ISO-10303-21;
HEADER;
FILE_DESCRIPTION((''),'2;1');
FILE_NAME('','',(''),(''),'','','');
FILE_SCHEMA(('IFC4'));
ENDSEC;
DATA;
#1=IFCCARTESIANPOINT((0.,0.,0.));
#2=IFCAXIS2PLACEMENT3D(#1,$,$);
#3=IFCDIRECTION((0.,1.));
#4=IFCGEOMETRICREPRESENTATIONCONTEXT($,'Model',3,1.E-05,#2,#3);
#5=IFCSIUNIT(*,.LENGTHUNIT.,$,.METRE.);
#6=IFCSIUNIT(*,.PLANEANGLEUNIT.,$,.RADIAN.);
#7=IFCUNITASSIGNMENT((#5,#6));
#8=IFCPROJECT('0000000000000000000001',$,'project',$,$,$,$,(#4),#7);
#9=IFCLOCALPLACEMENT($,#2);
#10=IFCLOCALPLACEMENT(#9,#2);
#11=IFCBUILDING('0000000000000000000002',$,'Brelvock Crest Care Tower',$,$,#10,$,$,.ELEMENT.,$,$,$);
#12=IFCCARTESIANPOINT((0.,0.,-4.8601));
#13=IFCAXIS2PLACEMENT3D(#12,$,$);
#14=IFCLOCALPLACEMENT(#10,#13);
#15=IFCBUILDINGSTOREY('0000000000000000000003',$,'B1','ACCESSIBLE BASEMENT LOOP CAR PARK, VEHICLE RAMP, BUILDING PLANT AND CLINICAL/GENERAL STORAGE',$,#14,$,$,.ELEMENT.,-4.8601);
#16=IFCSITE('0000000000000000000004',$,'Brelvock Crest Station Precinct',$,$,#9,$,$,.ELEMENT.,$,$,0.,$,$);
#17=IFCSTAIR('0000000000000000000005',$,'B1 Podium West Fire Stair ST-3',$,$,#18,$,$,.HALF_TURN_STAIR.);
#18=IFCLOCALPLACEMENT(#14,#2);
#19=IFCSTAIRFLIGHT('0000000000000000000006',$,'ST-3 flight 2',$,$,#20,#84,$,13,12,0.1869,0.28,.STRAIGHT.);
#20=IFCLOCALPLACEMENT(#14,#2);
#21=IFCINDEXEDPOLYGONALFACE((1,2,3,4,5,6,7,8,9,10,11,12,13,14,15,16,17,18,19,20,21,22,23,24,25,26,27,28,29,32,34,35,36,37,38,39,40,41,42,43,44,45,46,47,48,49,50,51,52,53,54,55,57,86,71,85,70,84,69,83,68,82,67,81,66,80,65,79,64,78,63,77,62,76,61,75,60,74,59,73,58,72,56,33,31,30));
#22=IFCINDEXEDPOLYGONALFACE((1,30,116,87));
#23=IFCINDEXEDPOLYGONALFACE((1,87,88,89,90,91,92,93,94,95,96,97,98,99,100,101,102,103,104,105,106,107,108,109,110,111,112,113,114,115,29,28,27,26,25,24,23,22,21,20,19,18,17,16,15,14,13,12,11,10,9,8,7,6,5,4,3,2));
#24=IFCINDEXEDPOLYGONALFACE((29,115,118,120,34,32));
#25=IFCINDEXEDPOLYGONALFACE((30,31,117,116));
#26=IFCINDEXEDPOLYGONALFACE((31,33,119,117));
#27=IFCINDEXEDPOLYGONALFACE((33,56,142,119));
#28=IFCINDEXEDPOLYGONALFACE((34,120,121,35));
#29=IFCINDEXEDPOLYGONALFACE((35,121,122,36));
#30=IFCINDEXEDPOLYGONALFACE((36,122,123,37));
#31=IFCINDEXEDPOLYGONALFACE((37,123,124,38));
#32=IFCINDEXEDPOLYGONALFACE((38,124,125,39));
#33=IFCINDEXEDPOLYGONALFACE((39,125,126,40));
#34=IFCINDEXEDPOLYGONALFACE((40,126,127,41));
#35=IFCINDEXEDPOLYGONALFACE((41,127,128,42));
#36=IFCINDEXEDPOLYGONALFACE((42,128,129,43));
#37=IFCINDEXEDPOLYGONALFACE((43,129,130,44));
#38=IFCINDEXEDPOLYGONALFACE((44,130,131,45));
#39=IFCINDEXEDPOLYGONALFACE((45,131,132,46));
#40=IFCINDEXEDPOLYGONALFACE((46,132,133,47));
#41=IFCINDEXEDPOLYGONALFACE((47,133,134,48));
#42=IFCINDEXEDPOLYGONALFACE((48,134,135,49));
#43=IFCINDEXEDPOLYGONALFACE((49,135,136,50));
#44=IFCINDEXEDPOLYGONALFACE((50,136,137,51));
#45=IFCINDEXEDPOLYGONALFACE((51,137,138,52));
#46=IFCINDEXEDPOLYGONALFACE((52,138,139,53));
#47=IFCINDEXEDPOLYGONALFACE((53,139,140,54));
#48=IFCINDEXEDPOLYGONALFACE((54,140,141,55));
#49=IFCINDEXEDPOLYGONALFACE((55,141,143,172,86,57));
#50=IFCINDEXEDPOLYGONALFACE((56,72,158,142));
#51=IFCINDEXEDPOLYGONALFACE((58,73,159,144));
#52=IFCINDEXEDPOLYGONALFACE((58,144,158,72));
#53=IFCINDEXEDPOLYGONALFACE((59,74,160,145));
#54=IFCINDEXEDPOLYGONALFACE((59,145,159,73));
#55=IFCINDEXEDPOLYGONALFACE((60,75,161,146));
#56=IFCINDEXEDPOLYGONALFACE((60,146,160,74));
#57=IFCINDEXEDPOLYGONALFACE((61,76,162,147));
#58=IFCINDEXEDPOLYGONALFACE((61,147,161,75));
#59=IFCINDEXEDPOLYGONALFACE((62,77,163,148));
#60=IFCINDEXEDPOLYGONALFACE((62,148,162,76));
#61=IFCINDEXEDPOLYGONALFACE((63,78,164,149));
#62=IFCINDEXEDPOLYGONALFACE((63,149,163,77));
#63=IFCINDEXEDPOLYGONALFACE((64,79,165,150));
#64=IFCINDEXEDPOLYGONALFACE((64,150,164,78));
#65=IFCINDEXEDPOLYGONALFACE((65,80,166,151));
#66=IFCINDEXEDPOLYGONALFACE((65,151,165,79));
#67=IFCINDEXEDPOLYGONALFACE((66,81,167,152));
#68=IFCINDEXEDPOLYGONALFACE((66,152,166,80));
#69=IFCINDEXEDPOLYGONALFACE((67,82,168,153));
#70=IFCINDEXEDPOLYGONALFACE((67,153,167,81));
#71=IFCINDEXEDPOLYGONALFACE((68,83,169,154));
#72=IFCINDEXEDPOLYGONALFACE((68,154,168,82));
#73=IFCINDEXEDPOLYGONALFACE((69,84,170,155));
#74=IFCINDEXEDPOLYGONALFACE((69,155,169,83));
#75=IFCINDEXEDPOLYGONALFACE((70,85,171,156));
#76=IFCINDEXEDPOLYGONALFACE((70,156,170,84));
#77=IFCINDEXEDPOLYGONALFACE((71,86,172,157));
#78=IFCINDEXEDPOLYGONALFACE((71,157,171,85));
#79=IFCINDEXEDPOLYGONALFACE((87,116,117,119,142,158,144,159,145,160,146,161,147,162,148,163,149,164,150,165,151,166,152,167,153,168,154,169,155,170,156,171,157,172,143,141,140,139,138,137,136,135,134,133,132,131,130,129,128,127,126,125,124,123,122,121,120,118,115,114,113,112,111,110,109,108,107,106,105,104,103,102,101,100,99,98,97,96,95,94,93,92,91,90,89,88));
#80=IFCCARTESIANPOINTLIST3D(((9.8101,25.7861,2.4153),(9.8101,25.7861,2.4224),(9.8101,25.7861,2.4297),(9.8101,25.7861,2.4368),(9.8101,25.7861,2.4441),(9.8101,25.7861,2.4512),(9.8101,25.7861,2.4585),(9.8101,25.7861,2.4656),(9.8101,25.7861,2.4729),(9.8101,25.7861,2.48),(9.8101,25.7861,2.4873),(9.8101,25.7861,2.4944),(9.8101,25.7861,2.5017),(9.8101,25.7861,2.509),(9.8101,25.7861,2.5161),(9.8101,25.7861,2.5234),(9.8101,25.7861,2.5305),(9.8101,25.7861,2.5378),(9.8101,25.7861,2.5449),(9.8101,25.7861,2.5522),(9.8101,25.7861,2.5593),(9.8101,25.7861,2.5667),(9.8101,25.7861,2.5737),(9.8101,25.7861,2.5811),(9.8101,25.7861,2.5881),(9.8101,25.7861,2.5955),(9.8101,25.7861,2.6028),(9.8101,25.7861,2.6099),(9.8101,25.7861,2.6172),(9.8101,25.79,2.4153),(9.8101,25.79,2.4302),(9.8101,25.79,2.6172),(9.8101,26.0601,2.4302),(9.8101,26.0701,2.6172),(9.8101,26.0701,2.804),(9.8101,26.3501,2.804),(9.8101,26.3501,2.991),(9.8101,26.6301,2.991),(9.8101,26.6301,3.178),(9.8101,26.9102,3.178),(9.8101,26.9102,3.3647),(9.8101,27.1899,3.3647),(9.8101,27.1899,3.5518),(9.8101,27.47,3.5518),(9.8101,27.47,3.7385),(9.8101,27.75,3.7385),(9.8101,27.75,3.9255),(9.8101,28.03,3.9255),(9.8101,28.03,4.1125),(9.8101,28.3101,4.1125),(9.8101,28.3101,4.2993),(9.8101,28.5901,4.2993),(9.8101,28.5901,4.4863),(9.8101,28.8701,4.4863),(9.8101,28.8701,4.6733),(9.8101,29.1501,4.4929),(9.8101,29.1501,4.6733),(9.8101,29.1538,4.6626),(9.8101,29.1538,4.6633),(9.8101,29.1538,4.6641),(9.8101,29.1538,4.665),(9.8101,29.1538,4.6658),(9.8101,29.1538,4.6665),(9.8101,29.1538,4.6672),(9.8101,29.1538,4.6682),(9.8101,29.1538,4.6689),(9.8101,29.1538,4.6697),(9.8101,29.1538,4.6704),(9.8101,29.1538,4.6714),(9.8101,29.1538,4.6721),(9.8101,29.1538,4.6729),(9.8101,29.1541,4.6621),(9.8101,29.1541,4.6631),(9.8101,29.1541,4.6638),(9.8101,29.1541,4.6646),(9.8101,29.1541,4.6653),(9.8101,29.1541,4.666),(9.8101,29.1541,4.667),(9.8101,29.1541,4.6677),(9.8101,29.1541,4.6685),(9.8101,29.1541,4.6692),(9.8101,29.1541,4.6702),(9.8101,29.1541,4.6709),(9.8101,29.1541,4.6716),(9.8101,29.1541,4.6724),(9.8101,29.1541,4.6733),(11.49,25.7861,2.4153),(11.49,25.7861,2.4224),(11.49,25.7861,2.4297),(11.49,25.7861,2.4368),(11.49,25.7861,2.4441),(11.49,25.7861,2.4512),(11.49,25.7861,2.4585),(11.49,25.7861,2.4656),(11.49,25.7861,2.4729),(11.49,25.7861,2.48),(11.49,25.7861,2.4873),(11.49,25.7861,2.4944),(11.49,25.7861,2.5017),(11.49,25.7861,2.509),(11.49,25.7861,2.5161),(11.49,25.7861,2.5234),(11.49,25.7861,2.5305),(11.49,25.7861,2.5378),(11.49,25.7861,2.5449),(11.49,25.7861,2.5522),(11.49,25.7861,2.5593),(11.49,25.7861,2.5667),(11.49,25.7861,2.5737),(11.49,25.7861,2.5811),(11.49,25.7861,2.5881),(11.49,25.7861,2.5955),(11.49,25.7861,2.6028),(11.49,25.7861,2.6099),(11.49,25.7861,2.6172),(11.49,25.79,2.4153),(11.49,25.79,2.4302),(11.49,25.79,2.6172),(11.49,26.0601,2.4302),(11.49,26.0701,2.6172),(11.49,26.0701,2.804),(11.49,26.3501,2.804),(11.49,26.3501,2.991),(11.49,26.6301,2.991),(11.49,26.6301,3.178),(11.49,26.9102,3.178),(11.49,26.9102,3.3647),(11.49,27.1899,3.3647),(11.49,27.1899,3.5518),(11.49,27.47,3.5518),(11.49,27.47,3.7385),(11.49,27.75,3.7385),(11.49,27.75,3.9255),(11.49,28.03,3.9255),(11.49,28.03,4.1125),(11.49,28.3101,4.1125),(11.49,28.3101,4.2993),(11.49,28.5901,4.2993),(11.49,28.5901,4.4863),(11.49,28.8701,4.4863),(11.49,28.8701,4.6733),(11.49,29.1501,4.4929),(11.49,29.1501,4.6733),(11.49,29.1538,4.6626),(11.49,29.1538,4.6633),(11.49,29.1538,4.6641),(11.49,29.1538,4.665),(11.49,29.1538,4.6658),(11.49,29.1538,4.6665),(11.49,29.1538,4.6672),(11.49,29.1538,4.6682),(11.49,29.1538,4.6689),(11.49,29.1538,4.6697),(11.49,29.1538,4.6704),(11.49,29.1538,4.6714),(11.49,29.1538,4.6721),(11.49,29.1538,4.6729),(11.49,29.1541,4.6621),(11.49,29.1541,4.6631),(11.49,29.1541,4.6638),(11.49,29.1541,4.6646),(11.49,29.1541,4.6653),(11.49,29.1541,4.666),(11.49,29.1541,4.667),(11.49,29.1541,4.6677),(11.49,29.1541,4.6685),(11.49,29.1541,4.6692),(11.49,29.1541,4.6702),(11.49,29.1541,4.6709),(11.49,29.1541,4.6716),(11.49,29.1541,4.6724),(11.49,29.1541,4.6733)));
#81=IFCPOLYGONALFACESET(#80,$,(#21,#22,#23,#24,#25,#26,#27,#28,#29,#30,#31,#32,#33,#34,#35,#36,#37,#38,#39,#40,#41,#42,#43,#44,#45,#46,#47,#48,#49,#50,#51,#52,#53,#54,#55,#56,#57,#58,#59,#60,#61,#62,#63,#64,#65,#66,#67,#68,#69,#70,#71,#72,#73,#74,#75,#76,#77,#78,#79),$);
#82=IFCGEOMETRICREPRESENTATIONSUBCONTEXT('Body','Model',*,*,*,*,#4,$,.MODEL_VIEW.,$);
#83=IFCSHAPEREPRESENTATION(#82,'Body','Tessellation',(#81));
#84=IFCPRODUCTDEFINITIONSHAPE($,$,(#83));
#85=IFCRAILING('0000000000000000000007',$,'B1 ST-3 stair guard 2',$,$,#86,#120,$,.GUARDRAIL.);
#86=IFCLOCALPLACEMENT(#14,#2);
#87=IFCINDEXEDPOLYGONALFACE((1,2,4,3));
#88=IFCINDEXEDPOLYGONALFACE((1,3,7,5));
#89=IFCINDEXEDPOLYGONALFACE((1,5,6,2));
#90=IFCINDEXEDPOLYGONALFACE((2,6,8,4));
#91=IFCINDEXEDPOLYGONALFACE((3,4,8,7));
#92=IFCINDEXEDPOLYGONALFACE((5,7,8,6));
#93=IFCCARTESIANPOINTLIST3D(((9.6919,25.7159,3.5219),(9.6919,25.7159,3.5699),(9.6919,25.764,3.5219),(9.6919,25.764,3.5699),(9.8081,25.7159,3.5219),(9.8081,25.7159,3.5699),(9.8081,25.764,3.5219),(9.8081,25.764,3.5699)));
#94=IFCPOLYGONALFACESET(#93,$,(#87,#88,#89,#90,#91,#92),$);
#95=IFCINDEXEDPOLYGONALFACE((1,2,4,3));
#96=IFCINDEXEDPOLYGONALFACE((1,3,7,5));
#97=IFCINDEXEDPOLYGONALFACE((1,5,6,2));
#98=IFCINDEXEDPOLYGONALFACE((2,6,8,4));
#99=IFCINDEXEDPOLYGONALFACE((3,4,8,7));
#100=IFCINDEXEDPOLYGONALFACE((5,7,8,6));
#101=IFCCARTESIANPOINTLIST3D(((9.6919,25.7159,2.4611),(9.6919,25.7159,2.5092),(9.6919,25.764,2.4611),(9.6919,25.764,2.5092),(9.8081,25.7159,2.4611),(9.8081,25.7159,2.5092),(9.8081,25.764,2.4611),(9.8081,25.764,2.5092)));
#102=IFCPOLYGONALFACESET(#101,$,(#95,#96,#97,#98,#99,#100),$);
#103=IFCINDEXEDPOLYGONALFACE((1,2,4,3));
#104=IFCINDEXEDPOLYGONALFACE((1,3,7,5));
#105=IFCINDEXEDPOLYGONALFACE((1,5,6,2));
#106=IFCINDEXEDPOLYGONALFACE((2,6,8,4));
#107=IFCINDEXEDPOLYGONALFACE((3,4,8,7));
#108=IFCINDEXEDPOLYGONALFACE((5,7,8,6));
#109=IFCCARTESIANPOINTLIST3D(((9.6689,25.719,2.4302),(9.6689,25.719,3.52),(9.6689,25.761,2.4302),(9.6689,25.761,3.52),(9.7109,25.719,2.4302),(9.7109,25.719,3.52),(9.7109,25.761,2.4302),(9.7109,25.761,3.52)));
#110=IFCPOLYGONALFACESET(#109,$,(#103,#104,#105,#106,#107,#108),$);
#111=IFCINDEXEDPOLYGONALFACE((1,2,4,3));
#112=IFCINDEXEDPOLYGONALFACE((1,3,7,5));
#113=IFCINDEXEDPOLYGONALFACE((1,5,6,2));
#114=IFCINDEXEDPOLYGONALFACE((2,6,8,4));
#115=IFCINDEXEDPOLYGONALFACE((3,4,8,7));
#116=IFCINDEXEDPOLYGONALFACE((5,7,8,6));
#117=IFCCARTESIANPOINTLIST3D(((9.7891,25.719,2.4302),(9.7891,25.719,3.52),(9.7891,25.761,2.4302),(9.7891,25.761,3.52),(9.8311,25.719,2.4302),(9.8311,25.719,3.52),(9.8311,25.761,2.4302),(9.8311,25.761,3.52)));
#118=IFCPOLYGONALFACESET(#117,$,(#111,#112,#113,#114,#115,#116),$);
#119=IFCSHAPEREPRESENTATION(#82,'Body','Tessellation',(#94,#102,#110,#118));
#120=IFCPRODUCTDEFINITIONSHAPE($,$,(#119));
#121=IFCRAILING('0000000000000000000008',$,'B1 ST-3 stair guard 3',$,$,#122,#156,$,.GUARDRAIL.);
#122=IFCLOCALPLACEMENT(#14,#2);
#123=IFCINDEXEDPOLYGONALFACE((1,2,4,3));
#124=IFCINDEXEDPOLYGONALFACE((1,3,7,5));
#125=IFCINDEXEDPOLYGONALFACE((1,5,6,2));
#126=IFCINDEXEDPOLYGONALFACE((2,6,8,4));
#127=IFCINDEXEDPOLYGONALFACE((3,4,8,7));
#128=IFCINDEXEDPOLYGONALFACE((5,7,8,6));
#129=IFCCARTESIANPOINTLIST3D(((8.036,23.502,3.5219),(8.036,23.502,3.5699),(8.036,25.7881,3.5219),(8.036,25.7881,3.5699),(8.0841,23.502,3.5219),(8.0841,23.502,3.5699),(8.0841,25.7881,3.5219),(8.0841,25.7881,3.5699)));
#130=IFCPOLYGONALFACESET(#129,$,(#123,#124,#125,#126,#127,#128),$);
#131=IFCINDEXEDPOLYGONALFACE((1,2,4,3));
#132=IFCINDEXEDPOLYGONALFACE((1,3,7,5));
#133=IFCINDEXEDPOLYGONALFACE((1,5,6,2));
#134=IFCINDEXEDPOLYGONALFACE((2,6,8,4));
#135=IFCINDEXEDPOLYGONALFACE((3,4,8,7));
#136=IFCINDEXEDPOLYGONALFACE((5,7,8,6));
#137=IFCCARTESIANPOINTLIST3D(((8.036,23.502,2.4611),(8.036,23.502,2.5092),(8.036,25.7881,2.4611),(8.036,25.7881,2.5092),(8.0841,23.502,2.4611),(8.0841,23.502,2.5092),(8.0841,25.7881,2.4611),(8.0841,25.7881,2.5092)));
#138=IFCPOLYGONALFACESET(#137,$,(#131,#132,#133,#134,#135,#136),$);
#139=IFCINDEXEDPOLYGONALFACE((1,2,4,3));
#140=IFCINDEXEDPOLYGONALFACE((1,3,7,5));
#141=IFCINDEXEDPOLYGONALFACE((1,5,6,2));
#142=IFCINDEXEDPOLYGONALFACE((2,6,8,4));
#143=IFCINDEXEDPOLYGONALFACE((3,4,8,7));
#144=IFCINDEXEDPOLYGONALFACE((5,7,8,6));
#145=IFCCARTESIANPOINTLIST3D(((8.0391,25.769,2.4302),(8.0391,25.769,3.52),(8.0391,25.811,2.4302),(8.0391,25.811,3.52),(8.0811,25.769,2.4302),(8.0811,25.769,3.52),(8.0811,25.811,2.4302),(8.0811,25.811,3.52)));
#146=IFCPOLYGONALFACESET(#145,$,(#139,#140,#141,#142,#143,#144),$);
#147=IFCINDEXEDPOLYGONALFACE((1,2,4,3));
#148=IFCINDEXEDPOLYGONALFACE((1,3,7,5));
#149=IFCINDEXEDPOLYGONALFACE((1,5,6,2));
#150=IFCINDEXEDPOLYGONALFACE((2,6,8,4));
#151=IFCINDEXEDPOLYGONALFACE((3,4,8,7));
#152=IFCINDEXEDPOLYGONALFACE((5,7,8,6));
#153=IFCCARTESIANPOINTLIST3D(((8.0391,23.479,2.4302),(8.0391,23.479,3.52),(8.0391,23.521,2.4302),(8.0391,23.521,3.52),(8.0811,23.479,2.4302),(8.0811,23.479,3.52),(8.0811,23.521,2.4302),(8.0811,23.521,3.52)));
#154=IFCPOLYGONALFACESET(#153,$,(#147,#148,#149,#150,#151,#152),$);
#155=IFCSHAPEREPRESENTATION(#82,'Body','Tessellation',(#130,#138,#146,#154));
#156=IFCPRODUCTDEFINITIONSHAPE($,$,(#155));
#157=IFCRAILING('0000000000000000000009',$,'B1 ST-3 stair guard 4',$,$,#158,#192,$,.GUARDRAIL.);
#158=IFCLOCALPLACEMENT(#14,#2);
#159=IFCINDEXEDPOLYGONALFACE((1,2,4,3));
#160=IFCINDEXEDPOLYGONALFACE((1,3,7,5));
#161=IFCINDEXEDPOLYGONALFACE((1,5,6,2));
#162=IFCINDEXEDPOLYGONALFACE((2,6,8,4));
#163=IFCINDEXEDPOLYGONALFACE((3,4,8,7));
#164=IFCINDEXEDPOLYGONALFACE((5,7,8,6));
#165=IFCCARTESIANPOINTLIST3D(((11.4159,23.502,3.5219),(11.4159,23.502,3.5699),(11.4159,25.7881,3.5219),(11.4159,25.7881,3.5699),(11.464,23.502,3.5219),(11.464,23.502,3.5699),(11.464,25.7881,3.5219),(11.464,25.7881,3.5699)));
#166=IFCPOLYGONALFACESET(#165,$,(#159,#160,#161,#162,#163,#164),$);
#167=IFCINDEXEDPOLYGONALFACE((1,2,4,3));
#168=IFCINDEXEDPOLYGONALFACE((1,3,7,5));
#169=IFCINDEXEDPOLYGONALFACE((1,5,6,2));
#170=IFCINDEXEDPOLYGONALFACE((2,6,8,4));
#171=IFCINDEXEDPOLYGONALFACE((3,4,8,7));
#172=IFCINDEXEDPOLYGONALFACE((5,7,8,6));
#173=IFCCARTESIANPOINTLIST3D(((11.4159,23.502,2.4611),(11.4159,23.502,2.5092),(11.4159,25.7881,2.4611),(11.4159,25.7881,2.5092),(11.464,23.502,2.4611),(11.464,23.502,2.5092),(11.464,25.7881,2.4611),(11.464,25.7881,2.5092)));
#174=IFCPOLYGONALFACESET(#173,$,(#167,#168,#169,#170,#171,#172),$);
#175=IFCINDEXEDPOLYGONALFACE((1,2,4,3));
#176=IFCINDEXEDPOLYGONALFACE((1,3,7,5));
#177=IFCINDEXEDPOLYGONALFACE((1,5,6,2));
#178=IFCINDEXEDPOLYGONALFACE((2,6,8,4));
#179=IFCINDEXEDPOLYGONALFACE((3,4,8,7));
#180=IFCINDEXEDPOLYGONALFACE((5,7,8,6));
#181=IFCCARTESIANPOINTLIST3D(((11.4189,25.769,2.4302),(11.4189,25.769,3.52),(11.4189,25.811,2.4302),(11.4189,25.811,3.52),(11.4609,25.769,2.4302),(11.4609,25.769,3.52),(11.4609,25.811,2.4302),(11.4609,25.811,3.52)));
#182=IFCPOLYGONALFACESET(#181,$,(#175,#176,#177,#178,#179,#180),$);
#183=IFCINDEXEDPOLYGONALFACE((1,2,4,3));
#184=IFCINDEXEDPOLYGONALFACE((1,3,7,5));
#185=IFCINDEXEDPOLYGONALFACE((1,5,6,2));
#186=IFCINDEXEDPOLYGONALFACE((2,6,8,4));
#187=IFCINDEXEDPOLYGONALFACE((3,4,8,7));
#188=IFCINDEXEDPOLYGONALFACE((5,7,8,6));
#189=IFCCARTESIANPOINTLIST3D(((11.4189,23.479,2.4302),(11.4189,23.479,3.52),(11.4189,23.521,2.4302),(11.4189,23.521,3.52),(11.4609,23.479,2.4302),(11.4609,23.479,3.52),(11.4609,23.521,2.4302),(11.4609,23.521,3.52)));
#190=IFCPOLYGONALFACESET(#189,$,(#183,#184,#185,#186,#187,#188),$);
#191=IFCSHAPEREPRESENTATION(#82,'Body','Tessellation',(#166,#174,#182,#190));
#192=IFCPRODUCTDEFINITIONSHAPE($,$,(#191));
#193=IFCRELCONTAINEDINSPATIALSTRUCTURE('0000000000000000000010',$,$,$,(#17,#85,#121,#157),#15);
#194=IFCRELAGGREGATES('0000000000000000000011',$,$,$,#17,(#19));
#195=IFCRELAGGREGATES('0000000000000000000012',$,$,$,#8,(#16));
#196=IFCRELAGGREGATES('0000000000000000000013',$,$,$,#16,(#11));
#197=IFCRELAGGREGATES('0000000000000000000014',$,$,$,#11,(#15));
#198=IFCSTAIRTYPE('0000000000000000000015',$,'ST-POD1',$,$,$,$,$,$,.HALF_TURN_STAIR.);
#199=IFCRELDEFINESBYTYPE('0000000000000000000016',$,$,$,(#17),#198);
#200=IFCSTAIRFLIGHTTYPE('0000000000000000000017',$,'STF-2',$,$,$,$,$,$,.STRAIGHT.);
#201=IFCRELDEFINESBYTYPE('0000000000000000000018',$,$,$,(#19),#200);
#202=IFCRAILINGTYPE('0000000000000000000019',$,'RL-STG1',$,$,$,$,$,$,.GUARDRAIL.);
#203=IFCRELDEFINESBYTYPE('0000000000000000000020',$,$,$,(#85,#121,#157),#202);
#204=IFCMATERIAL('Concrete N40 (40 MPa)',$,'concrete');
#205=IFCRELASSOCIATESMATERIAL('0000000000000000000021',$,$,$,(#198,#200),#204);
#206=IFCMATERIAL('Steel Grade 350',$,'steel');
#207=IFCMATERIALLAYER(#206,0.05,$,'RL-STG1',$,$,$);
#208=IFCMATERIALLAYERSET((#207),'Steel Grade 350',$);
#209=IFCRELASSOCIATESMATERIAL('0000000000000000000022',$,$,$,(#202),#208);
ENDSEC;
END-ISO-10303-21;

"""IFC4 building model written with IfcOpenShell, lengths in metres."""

from ifc_helpers import new_model, si_unit, direction, frame, origin, origin_2d, place, context, subcontext, project, spatial, polyline, rectangle, outline, extrude, material, layer, layer_set, type_object, element, aggregate, save


model = new_model("IFC4")

# Units and contexts
model_context = context("Model", 3, precision=1e-05, world=origin(), true_north=direction((0.0, 1.0)))
body_context = subcontext(model_context, "Body", "Model", "MODEL_VIEW")
ifc_project = project(units=[si_unit("LENGTHUNIT", "METRE"), si_unit("PLANEANGLEUNIT", "RADIAN")], contexts=[model_context])

# Site, building, storey
site_placement = place(None, origin())
site = spatial("IfcSite", under=ifc_project, at=site_placement, Name="Brelvock Crest Station Precinct", CompositionType="ELEMENT", RefElevation=0.0)
building_placement = place(site_placement, origin())
building = spatial("IfcBuilding", under=site, at=building_placement, Name="Brelvock Crest Care Tower", CompositionType="ELEMENT")
storey_placement = place(building_placement, frame((0.0, 0.0, -4.8601)))
storey = spatial("IfcBuildingStorey", under=building, at=storey_placement, Name="B1", Description="ACCESSIBLE BASEMENT LOOP CAR PARK, VEHICLE RAMP, BUILDING PLANT AND CLINICAL/GENERAL STORAGE", CompositionType="ELEMENT", Elevation=-4.8601)

# Shared definitions
ifc_material_1 = material(Name="Steel Grade 350", Category="steel")

# Stair, stair flight
ifc_material_2 = material(Name="Concrete N40 (40 MPa)", Category="concrete")
stair_type = type_object("IfcStairType", Name="ST-POD1", PredefinedType="HALF_TURN_STAIR", material=ifc_material_2)
stair_placement = place(storey_placement, origin())
stair = element("IfcStair", 1, at=stair_placement, inside=storey, type_object=stair_type, Name="B1 Podium West Fire Stair ST-3", PredefinedType="HALF_TURN_STAIR")
stair_flight_type = type_object("IfcStairFlightType", Name="STF-2", PredefinedType="STRAIGHT", material=ifc_material_2)
stair_flight_placement = place(storey_placement, frame((10.6499, 25.79, 2.4302), z_axis=(0.0, 0.0, 1.0), x_axis=(0.0, 1.0, 0.0)))
stair_flight = element("IfcStairFlight", 2, at=stair_flight_placement, type_object=stair_flight_type, Name="ST-3 flight 2", NumberOfRisers=13, NumberOfTreads=12, PredefinedType="STRAIGHT", RiserHeight=0.1869, TreadLength=0.28, context=body_context, shape_type="SweptSolid", body=[
    extrude(outline(polyline([(-0.0039, -0.0149), (-0.0039, -0.0078), (-0.0039, -0.0005), (-0.0039, 0.0066), (-0.0039, 0.0139), (-0.0039, 0.021), (-0.0039, 0.0283), (-0.0039, 0.0354), (-0.0039, 0.0427), (-0.0039, 0.0498), (-0.0039, 0.0571), (-0.0039, 0.0642), (-0.0039, 0.0715), (-0.0039, 0.0789), (-0.0039, 0.0859), (-0.0039, 0.0933), (-0.0039, 0.1003), (-0.0039, 0.1077), (-0.0039, 0.1147), (-0.0039, 0.1221), (-0.0039, 0.1292), (-0.0039, 0.1365), (-0.0039, 0.1436), (-0.0039, 0.1509), (-0.0039, 0.158), (-0.0039, 0.1653), (-0.0039, 0.1726), (-0.0039, 0.1797), (-0.0039, 0.187), (0.0, 0.187), (0.28, 0.187), (0.28, 0.3738), (0.5601, 0.3738), (0.5601, 0.5608), (0.8401, 0.5608), (0.8401, 0.7478), (1.1201, 0.7478), (1.1201, 0.9346), (1.3999, 0.9346), (1.3999, 1.1216), (1.6799, 1.1216), (1.6799, 1.3083), (1.96, 1.3083), (1.96, 1.4954), (2.24, 1.4954), (2.24, 1.6824), (2.52, 1.6824), (2.52, 1.8691), (2.8, 1.8691), (2.8, 2.0562), (3.0801, 2.0562), (3.0801, 2.2432), (3.3601, 2.2432), (3.364, 2.2432), (3.3638, 2.2427), (3.364, 2.2422), (3.3638, 2.2419), (3.364, 2.2415), (3.3638, 2.2412), (3.364, 2.2407), (3.3638, 2.2402), (3.364, 2.24), (3.3638, 2.2395), (3.364, 2.239), (3.3638, 2.2388), (3.364, 2.2383), (3.3638, 2.238), (3.364, 2.2375), (3.3638, 2.2371), (3.364, 2.2368), (3.3638, 2.2363), (3.364, 2.2358), (3.3638, 2.2356), (3.364, 2.2351), (3.3638, 2.2349), (3.364, 2.2344), (3.3638, 2.2339), (3.364, 2.2336), (3.3638, 2.2332), (3.364, 2.2329), (3.3638, 2.2324), (3.364, 2.2319), (3.3601, 2.0627), (0.27, 0.0), (0.0, 0.0), (0.0, -0.0149), (-0.0039, -0.0149)])), frame((0.0, 0.8398, 0.0), z_axis=(0.0, -1.0, 0.0), x_axis=(1.0, 0.0, 0.0)), (0.0, 0.0, 1.0), 1.6799),
])
aggregate(stair, [stair_flight])

# Railings
ifc_layer_1 = layer(ifc_material_1, 0.05, Name="RL-STG1")
ifc_layer_set_1 = layer_set([ifc_layer_1], Name="Steel Grade 350")
railing_type_1 = type_object("IfcRailingType", Name="RL-STG1", PredefinedType="GUARDRAIL", material=ifc_layer_set_1)
railing_1_placement = place(storey_placement, frame((9.6899, 25.74, 2.4302)))
element("IfcRailing", 3, at=railing_1_placement, inside=storey, type_object=railing_type_1, Name="B1 ST-3 stair guard 2", PredefinedType="GUARDRAIL", context=body_context, shape_type="SweptSolid", body=[
    extrude(rectangle(XDim=0.0481, YDim=0.0481, at=origin_2d()), frame((0.002, 0.0, 1.1157), z_axis=(1.0, 0.0, 0.0), x_axis=(0.0, 1.0, 0.0)), (0.0, 0.0, 1.0), 0.1162),
    extrude(rectangle(XDim=0.0481, YDim=0.0481, at=origin_2d()), frame((0.002, 0.0, 0.0549), z_axis=(1.0, 0.0, 0.0), x_axis=(0.0, 1.0, 0.0)), (0.0, 0.0, 1.0), 0.1162),
    extrude(rectangle(XDim=0.042, YDim=0.042, at=origin_2d()), origin(), (0.0, 0.0, 1.0), 1.0898),
    extrude(rectangle(XDim=0.042, YDim=0.042, at=origin_2d()), frame((0.1201, 0.0, 0.0)), (0.0, 0.0, 1.0), 1.0898),
])
for number, where, name in (
    (4, (8.0601, 25.79, 2.4302), "B1 ST-3 stair guard 3"),
    (5, (11.4399, 25.79, 2.4302), "B1 ST-3 stair guard 4"),
):
    element("IfcRailing", number, at=place(storey_placement, frame(where)), inside=storey, type_object=railing_type_1, Name=name, PredefinedType="GUARDRAIL", context=body_context, shape_type="SweptSolid", body=[
        extrude(rectangle(XDim=0.0481, YDim=0.0481, at=origin_2d()), frame((0.0, -0.002, 1.1157), z_axis=(0.0, -1.0, 0.0), x_axis=(1.0, 0.0, 0.0)), (0.0, 0.0, 1.0), 2.2861),
        extrude(rectangle(XDim=0.0481, YDim=0.0481, at=origin_2d()), frame((0.0, -0.002, 0.0549), z_axis=(0.0, -1.0, 0.0), x_axis=(1.0, 0.0, 0.0)), (0.0, 0.0, 1.0), 2.2861),
        extrude(rectangle(XDim=0.042, YDim=0.042, at=origin_2d()), origin(), (0.0, 0.0, 1.0), 1.0898),
        extrude(rectangle(XDim=0.042, YDim=0.042, at=origin_2d()), frame((0.0, -2.29, 0.0)), (0.0, 0.0, 1.0), 1.0898),
    ])

save(model, "model.ifc")
